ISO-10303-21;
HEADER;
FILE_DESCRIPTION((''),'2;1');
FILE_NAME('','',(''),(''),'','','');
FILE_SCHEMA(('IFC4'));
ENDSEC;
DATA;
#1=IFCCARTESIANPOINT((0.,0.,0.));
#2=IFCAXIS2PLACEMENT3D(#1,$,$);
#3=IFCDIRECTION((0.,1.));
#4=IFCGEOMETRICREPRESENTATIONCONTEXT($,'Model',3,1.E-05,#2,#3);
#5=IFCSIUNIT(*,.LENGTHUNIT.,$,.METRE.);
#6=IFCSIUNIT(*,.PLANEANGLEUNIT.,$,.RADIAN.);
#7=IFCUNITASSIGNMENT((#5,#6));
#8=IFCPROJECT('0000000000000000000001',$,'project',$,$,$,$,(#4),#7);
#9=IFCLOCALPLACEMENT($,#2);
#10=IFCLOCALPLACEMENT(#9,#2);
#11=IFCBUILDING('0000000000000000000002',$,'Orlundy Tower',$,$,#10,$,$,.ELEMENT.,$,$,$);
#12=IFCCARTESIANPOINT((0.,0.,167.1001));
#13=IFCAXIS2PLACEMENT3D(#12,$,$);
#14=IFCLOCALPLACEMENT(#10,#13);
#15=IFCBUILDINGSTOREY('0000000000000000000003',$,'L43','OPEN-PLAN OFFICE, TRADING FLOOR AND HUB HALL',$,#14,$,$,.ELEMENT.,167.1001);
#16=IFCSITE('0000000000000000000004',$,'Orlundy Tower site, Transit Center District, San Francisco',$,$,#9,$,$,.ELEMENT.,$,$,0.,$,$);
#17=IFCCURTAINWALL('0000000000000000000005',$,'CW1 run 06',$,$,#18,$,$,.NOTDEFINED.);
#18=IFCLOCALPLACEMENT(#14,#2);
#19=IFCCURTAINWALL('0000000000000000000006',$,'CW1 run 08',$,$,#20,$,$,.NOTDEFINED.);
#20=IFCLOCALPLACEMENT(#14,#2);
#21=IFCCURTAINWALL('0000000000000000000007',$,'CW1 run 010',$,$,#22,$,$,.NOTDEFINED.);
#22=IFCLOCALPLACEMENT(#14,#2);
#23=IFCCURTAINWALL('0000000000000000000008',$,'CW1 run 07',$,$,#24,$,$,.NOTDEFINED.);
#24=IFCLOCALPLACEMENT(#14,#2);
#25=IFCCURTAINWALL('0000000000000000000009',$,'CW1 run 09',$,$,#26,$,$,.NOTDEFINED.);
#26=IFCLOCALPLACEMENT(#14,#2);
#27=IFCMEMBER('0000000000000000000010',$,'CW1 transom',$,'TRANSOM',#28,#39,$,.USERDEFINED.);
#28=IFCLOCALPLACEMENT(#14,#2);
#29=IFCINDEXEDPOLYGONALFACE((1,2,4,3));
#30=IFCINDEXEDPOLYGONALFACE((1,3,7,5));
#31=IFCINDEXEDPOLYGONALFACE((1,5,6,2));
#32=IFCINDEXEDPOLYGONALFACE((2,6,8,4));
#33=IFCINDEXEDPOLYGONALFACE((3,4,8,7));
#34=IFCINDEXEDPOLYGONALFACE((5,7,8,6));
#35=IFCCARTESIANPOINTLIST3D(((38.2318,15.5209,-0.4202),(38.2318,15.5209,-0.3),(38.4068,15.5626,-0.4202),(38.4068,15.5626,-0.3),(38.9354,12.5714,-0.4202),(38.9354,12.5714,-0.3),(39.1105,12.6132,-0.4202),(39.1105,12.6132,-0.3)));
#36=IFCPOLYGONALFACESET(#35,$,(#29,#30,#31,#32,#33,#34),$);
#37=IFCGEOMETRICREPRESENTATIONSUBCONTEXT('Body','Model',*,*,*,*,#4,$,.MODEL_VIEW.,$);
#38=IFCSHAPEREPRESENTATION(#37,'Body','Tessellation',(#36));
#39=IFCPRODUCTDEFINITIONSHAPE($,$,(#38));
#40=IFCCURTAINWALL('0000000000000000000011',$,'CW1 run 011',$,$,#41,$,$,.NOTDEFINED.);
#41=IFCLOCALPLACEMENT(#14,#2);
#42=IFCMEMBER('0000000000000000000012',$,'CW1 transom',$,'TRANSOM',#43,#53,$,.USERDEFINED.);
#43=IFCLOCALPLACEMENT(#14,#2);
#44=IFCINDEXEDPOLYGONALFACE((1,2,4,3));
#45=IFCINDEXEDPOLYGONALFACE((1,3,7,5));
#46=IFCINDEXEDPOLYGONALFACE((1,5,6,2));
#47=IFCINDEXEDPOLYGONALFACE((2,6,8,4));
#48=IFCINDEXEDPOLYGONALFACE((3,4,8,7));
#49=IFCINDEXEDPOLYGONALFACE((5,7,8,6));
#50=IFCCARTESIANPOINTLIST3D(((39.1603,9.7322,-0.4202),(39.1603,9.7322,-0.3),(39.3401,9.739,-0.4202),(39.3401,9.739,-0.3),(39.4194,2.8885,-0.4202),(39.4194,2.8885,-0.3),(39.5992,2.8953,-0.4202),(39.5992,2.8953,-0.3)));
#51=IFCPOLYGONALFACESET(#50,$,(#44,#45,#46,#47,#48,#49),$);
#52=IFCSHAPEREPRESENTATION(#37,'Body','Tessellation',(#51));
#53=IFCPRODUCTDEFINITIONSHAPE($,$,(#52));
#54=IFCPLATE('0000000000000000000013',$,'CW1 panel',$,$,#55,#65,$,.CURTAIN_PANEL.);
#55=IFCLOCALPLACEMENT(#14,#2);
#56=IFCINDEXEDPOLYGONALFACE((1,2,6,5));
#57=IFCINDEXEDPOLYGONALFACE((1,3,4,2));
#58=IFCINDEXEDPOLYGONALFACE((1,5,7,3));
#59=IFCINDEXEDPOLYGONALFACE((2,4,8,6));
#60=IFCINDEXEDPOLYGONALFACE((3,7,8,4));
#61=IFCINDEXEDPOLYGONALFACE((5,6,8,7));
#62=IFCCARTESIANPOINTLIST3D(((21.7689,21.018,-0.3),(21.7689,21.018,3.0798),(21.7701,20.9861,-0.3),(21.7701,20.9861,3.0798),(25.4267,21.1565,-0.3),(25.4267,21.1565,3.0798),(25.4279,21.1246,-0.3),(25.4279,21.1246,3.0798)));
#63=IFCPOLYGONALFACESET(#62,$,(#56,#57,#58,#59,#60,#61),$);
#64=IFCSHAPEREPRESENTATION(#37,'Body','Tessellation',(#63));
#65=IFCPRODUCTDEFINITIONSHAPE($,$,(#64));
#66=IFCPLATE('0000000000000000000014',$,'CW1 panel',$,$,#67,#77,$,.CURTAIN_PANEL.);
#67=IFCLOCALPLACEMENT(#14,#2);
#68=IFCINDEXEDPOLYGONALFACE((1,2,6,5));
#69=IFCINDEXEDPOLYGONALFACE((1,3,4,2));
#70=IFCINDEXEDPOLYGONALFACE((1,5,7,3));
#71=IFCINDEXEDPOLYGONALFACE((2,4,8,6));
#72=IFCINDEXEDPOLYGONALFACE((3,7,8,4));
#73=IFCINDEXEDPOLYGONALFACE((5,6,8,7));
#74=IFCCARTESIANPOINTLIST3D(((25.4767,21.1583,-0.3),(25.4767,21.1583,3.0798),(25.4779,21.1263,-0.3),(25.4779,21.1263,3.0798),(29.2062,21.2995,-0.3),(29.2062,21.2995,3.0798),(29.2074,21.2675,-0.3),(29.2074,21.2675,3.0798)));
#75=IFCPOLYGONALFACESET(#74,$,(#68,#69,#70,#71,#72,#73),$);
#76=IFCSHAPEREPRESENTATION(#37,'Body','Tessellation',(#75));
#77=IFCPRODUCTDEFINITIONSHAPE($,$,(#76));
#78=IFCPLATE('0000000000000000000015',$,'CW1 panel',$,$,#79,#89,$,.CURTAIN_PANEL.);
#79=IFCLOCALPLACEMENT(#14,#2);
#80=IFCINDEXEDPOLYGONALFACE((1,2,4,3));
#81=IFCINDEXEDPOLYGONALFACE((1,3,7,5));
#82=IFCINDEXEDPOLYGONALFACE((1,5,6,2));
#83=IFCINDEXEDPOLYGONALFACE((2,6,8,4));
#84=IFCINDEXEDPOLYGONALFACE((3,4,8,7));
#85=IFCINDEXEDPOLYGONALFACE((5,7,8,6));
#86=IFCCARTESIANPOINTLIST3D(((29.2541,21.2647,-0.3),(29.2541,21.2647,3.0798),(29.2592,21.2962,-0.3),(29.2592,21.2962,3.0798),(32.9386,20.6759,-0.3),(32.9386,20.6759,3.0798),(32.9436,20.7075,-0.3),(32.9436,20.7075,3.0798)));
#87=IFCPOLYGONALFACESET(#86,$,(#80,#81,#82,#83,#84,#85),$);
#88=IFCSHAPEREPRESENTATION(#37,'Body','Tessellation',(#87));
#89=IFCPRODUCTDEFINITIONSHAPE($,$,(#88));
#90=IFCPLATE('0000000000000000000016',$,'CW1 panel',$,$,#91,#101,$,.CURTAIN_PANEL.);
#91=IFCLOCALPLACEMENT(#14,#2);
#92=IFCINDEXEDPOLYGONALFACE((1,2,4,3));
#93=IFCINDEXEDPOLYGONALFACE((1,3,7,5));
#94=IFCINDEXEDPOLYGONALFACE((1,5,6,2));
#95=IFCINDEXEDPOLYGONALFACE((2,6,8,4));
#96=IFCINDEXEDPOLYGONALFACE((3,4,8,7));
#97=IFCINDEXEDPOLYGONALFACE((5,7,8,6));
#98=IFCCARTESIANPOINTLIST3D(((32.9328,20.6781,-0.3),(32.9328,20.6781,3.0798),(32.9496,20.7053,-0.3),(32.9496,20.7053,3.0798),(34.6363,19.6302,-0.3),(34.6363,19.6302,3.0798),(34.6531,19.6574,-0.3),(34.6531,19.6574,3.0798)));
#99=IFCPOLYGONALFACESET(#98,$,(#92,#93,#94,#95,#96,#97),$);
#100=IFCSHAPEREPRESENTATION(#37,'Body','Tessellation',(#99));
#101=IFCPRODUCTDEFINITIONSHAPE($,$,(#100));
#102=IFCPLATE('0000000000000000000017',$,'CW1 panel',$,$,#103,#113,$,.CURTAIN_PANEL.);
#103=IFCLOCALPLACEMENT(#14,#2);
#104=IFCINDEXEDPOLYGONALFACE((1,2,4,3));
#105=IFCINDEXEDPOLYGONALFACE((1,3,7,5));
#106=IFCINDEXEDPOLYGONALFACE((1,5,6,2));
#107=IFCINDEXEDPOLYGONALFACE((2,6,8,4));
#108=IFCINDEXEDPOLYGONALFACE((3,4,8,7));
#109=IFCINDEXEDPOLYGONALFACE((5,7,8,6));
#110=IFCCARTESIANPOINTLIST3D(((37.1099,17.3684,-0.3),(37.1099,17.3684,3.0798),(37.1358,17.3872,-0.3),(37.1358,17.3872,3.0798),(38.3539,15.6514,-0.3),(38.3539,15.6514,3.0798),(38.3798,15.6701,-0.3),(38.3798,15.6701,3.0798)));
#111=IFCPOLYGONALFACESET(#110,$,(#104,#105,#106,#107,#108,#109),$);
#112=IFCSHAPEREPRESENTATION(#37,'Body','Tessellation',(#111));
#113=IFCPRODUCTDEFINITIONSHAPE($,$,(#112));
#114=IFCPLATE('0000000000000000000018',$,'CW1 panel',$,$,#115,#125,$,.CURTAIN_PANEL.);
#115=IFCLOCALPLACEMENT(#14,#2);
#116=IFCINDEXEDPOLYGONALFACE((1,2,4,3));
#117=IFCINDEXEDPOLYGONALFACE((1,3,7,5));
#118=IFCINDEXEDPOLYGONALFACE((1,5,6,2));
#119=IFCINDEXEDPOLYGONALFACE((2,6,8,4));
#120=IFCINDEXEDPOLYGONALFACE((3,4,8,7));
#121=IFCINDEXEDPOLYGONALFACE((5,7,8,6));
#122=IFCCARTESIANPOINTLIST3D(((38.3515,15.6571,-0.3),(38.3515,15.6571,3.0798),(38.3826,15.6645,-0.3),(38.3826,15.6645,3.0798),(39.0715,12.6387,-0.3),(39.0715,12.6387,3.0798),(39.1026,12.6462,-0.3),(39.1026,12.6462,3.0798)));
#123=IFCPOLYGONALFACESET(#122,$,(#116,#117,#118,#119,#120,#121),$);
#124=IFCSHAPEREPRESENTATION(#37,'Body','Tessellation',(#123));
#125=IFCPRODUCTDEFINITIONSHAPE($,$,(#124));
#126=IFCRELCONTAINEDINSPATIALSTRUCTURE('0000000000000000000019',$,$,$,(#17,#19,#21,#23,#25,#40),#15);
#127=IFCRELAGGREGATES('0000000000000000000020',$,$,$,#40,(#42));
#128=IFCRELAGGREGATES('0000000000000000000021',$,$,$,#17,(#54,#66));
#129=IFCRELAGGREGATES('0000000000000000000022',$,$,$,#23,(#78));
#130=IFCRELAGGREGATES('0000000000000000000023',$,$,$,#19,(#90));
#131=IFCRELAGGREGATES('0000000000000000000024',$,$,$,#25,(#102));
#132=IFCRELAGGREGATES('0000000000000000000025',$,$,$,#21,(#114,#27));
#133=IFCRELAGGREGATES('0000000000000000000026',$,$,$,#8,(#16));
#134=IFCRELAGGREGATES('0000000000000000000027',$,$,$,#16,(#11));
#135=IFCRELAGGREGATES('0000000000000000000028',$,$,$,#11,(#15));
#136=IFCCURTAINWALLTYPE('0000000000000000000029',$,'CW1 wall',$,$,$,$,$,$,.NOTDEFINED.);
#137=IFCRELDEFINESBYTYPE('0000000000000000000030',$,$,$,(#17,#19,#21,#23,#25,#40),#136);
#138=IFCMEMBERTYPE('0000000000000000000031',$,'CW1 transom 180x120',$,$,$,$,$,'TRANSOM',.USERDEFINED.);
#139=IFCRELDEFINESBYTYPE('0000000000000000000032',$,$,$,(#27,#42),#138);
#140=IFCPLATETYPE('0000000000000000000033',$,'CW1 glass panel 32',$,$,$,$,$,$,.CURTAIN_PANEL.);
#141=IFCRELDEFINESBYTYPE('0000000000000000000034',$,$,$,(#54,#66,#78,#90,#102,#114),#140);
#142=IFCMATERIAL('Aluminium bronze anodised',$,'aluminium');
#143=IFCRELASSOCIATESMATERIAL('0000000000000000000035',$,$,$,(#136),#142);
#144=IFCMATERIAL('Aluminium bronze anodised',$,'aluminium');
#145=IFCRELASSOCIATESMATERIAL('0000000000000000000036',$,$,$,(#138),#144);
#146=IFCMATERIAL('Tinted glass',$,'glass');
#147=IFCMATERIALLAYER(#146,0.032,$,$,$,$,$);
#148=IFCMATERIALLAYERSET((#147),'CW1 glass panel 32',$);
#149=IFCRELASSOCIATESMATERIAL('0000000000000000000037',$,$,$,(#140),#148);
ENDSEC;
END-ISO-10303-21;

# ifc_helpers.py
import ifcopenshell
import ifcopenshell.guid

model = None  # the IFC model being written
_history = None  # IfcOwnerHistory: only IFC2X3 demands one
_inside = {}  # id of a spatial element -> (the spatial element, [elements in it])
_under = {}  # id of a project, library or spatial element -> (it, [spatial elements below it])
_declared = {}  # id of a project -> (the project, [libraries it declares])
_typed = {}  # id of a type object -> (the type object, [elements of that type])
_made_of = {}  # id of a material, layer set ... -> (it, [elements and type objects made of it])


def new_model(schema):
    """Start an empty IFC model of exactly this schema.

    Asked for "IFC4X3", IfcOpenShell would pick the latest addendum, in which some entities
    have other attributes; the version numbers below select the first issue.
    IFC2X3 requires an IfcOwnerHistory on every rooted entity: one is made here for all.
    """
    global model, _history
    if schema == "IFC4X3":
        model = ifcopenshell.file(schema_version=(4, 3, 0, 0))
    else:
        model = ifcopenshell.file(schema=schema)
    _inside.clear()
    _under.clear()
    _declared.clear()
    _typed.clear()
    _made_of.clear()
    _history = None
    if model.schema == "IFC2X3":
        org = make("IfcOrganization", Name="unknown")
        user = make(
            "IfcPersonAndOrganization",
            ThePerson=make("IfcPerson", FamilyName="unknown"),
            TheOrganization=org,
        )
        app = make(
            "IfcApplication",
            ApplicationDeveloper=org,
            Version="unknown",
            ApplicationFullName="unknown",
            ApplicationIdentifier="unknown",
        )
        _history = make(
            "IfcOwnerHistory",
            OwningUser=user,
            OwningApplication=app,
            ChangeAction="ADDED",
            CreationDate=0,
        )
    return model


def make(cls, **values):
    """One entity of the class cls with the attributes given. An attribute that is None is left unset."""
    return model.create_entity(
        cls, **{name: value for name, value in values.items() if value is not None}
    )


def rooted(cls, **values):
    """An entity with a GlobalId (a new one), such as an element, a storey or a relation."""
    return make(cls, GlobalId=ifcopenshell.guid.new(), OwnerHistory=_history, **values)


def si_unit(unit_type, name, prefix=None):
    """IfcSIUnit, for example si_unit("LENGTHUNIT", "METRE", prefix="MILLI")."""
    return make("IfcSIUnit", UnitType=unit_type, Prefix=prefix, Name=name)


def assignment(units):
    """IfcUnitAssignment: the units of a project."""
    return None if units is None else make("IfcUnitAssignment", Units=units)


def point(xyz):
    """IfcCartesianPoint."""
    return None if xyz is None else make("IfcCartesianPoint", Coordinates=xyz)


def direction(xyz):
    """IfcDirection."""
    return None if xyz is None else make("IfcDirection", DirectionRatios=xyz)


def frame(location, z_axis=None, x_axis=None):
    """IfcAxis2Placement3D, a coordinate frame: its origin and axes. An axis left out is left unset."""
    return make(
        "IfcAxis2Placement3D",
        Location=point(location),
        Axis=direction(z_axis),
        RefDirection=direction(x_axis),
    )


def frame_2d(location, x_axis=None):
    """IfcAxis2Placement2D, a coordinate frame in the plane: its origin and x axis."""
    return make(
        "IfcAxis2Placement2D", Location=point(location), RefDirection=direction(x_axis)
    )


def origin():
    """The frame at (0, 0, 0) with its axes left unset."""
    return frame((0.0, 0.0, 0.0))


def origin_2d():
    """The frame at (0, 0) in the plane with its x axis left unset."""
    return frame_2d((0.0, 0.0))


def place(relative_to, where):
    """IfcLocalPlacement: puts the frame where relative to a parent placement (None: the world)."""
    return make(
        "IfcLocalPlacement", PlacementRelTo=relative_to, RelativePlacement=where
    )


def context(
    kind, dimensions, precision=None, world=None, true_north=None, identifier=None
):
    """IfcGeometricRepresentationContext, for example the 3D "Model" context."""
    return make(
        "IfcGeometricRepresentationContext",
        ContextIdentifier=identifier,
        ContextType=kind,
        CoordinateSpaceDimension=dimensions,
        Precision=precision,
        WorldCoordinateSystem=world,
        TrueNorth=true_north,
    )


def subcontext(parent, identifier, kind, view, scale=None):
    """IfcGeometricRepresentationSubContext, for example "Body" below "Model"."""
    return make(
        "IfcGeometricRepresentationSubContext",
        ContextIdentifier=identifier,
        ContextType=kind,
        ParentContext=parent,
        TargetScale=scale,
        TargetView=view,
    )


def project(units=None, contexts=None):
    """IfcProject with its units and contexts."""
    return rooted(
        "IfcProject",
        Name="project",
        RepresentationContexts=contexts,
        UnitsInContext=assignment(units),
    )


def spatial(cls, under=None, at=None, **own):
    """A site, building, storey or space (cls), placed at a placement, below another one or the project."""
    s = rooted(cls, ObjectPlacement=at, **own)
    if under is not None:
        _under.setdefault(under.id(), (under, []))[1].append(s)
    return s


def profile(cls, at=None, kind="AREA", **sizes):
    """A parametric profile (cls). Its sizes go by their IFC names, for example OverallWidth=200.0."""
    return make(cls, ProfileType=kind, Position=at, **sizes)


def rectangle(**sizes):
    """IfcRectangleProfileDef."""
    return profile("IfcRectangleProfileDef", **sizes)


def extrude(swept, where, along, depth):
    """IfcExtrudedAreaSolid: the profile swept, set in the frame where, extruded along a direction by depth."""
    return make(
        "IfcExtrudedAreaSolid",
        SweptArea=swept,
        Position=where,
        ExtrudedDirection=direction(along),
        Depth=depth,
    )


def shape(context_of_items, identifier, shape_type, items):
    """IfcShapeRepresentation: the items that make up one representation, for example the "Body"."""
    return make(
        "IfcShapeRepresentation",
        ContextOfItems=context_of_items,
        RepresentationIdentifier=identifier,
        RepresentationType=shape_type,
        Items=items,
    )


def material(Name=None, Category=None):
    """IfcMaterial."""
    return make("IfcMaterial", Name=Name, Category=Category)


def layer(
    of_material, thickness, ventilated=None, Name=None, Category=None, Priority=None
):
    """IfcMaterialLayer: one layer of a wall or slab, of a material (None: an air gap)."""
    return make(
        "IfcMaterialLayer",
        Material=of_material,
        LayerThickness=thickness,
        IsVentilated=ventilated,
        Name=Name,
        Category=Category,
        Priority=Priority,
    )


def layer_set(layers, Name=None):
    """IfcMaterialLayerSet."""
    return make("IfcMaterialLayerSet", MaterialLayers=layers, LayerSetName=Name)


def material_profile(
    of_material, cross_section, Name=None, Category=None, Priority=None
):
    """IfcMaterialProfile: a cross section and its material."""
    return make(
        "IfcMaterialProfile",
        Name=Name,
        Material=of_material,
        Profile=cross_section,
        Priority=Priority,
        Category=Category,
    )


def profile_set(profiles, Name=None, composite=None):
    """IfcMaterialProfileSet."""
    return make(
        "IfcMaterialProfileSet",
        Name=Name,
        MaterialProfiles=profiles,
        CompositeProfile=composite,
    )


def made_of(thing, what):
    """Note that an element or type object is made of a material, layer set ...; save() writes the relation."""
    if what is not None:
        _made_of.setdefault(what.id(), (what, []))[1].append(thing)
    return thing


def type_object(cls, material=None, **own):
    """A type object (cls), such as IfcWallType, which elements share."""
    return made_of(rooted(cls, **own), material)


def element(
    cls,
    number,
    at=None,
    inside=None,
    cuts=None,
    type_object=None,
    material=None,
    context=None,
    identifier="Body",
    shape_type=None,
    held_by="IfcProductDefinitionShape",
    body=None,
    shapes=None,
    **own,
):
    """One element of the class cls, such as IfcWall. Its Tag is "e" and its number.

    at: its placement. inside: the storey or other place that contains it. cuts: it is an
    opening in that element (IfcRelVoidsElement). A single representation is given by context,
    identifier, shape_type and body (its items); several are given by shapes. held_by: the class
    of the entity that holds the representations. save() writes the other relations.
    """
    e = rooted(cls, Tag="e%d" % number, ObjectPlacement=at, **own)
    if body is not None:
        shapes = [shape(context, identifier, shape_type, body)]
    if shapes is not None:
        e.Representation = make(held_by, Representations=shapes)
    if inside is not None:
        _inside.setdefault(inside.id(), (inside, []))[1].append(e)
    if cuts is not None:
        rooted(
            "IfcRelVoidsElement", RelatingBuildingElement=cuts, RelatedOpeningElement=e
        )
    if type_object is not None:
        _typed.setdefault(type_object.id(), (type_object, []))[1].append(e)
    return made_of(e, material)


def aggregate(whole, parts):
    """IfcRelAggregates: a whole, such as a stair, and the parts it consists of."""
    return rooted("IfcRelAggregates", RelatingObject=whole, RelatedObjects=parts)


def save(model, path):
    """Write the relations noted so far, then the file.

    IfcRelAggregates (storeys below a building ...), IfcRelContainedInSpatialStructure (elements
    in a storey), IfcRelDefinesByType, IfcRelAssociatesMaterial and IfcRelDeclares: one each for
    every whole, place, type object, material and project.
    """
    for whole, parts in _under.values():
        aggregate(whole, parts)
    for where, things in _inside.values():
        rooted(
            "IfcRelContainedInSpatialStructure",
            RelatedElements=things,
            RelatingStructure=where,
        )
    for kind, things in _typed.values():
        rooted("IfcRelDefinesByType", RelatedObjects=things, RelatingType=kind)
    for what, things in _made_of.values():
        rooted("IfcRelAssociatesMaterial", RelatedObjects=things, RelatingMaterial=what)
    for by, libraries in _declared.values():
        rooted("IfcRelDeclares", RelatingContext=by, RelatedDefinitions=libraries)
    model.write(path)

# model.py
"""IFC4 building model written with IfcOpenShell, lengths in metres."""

from ifc_helpers import new_model, si_unit, direction, frame, origin, origin_2d, place, context, subcontext, project, spatial, rectangle, extrude, material, layer, layer_set, material_profile, profile_set, type_object, element, aggregate, save


model = new_model("IFC4")

# Units and contexts
model_context = context("Model", 3, precision=1e-05, world=origin(), true_north=direction((0.0, 1.0)))
body_context = subcontext(model_context, "Body", "Model", "MODEL_VIEW")
ifc_project = project(units=[si_unit("LENGTHUNIT", "METRE"), si_unit("PLANEANGLEUNIT", "RADIAN")], contexts=[model_context])

# Site, building, storey
site_placement = place(None, origin())
site = spatial("IfcSite", under=ifc_project, at=site_placement, Name="Orlundy Tower site, Transit Center District, San Francisco", CompositionType="ELEMENT", RefElevation=0.0)
building_placement = place(site_placement, origin())
building = spatial("IfcBuilding", under=site, at=building_placement, Name="Orlundy Tower", CompositionType="ELEMENT")
storey_placement = place(building_placement, frame((0.0, 0.0, 167.1001)))
storey = spatial("IfcBuildingStorey", under=building, at=storey_placement, Name="L43", Description="OPEN-PLAN OFFICE, TRADING FLOOR AND HUB HALL", CompositionType="ELEMENT", Elevation=167.1001)

# Curtain walls
ifc_material_1 = material(Name="Aluminium bronze anodised", Category="aluminium")
curtain_wall_type = type_object("IfcCurtainWallType", Name="CW1 wall", PredefinedType="NOTDEFINED", material=ifc_material_1)
curtain_wall_1_placement = place(storey_placement, origin())
curtain_wall_1 = element("IfcCurtainWall", 1, at=curtain_wall_1_placement, inside=storey, type_object=curtain_wall_type, Name="CW1 run 06", PredefinedType="NOTDEFINED")
curtain_wall_2_placement = place(storey_placement, origin())
curtain_wall_2 = element("IfcCurtainWall", 2, at=curtain_wall_2_placement, inside=storey, type_object=curtain_wall_type, Name="CW1 run 08", PredefinedType="NOTDEFINED")
curtain_wall_3_placement = place(storey_placement, origin())
curtain_wall_3 = element("IfcCurtainWall", 3, at=curtain_wall_3_placement, inside=storey, type_object=curtain_wall_type, Name="CW1 run 010", PredefinedType="NOTDEFINED")

# Curtain wall
curtain_wall_4_placement = place(storey_placement, origin())
curtain_wall_4 = element("IfcCurtainWall", 4, at=curtain_wall_4_placement, inside=storey, type_object=curtain_wall_type, Name="CW1 run 07", PredefinedType="NOTDEFINED")

# Shared definitions
ifc_material_2 = material(Name="Aluminium bronze anodised", Category="aluminium")
ifc_material_profile_1 = material_profile(ifc_material_2, rectangle(XDim=0.1799, YDim=0.1201, at=origin_2d()), Name="CW1 transom 180x120")
ifc_profile_set_1 = profile_set([ifc_material_profile_1], Name="Aluminium bronze anodised")
member_type_1 = type_object("IfcMemberType", Name="CW1 transom 180x120", ElementType="TRANSOM", PredefinedType="USERDEFINED", material=ifc_profile_set_1)

# Curtain wall
curtain_wall_5_placement = place(storey_placement, origin())
curtain_wall_5 = element("IfcCurtainWall", 5, at=curtain_wall_5_placement, inside=storey, type_object=curtain_wall_type, Name="CW1 run 09", PredefinedType="NOTDEFINED")

# Member
member_1_placement = place(storey_placement, frame((38.3193, 15.5417, -0.3601), z_axis=(0.232045, -0.972705, 0.0), x_axis=(0.972705, 0.232045, 0.0)))
member_1 = element("IfcMember", 6, at=member_1_placement, type_object=member_type_1, Name="CW1 transom", ObjectType="TRANSOM", PredefinedType="USERDEFINED", context=body_context, shape_type="SweptSolid", body=[
    extrude(rectangle(XDim=0.1799, YDim=0.1201, at=origin_2d()), origin(), (0.0, 0.0, 1.0), 3.0322),
])

# Curtain wall, member
curtain_wall_6_placement = place(storey_placement, origin())
curtain_wall_6 = element("IfcCurtainWall", 7, at=curtain_wall_6_placement, inside=storey, type_object=curtain_wall_type, Name="CW1 run 011", PredefinedType="NOTDEFINED")
member_2_placement = place(storey_placement, frame((39.2502, 9.7356, -0.3601), z_axis=(0.037823, -0.999284, 0.0), x_axis=(0.999284, 0.037823, 0.0)))
member_2 = element("IfcMember", 8, at=member_2_placement, type_object=member_type_1, Name="CW1 transom", ObjectType="TRANSOM", PredefinedType="USERDEFINED", context=body_context, shape_type="SweptSolid", body=[
    extrude(rectangle(XDim=0.1799, YDim=0.1201, at=origin_2d()), origin(), (0.0, 0.0, 1.0), 6.8486),
])
aggregate(curtain_wall_6, [member_2])

# Plates
ifc_material_3 = material(Name="Tinted glass", Category="glass")
ifc_layer_1 = layer(ifc_material_3, 0.032)
ifc_layer_set_1 = layer_set([ifc_layer_1], Name="CW1 glass panel 32")
plate_type = type_object("IfcPlateType", Name="CW1 glass panel 32", PredefinedType="CURTAIN_PANEL", material=ifc_layer_set_1)
plate_1_placement = place(storey_placement, frame((23.5984, 21.0713, -0.3), z_axis=(0.0, 0.0, 1.0), x_axis=(0.999284, 0.037837, 0.0)))
plate_1 = element("IfcPlate", 9, at=plate_1_placement, type_object=plate_type, Name="CW1 panel", PredefinedType="CURTAIN_PANEL", context=body_context, shape_type="SweptSolid", body=[
    extrude(rectangle(XDim=3.6604, YDim=0.032, at=origin_2d()), origin(), (0.0, 0.0, 1.0), 3.3799),
])
plate_2_placement = place(storey_placement, frame((27.342, 21.2129, -0.3), z_axis=(0.0, 0.0, 1.0), x_axis=(0.999284, 0.037837, 0.0)))
plate_2 = element("IfcPlate", 10, at=plate_2_placement, type_object=plate_type, Name="CW1 panel", PredefinedType="CURTAIN_PANEL", context=body_context, shape_type="SweptSolid", body=[
    extrude(rectangle(XDim=3.7322, YDim=0.032, at=origin_2d()), origin(), (0.0, 0.0, 1.0), 3.3799),
])
aggregate(curtain_wall_1, [plate_1, plate_2])
plate_3_placement = place(storey_placement, frame((31.0989, 20.9861, -0.3), z_axis=(0.0, 0.0, 1.0), x_axis=(0.987473, -0.157791, 0.0)))
plate_3 = element("IfcPlate", 11, at=plate_3_placement, type_object=plate_type, Name="CW1 panel", PredefinedType="CURTAIN_PANEL", context=body_context, shape_type="SweptSolid", body=[
    extrude(rectangle(XDim=3.7312, YDim=0.032, at=origin_2d()), origin(), (0.0, 0.0, 1.0), 3.3799),
])
aggregate(curtain_wall_4, [plate_3])
plate_4_placement = place(storey_placement, frame((33.793, 20.1677, -0.3), z_axis=(0.0, 0.0, 1.0), x_axis=(0.851751, -0.523947, 0.0)))
plate_4 = element("IfcPlate", 12, at=plate_4_placement, type_object=plate_type, Name="CW1 panel", PredefinedType="CURTAIN_PANEL", context=body_context, shape_type="SweptSolid", body=[
    extrude(rectangle(XDim=2.0, YDim=0.032, at=origin_2d()), origin(), (0.0, 0.0, 1.0), 3.3799),
])
aggregate(curtain_wall_2, [plate_4])
plate_5_placement = place(storey_placement, frame((37.7449, 16.5193, -0.3), z_axis=(0.0, 0.0, 1.0), x_axis=(0.586711, -0.809796, 0.0)))
plate_5 = element("IfcPlate", 13, at=plate_5_placement, type_object=plate_type, Name="CW1 panel", PredefinedType="CURTAIN_PANEL", context=body_context, shape_type="SweptSolid", body=[
    extrude(rectangle(XDim=2.1204, YDim=0.032, at=origin_2d()), origin(), (0.0, 0.0, 1.0), 3.3799),
])
aggregate(curtain_wall_5, [plate_5])
plate_6_placement = place(storey_placement, frame((38.7271, 14.1516, -0.3), z_axis=(0.0, 0.0, 1.0), x_axis=(0.232046, -0.972705, 0.0)))
plate_6 = element("IfcPlate", 14, at=plate_6_placement, type_object=plate_type, Name="CW1 panel", PredefinedType="CURTAIN_PANEL", context=body_context, shape_type="SweptSolid", body=[
    extrude(rectangle(XDim=3.103, YDim=0.032, at=origin_2d()), origin(), (0.0, 0.0, 1.0), 3.3799),
])
aggregate(curtain_wall_3, [plate_6, member_1])

save(model, "model.ifc")
